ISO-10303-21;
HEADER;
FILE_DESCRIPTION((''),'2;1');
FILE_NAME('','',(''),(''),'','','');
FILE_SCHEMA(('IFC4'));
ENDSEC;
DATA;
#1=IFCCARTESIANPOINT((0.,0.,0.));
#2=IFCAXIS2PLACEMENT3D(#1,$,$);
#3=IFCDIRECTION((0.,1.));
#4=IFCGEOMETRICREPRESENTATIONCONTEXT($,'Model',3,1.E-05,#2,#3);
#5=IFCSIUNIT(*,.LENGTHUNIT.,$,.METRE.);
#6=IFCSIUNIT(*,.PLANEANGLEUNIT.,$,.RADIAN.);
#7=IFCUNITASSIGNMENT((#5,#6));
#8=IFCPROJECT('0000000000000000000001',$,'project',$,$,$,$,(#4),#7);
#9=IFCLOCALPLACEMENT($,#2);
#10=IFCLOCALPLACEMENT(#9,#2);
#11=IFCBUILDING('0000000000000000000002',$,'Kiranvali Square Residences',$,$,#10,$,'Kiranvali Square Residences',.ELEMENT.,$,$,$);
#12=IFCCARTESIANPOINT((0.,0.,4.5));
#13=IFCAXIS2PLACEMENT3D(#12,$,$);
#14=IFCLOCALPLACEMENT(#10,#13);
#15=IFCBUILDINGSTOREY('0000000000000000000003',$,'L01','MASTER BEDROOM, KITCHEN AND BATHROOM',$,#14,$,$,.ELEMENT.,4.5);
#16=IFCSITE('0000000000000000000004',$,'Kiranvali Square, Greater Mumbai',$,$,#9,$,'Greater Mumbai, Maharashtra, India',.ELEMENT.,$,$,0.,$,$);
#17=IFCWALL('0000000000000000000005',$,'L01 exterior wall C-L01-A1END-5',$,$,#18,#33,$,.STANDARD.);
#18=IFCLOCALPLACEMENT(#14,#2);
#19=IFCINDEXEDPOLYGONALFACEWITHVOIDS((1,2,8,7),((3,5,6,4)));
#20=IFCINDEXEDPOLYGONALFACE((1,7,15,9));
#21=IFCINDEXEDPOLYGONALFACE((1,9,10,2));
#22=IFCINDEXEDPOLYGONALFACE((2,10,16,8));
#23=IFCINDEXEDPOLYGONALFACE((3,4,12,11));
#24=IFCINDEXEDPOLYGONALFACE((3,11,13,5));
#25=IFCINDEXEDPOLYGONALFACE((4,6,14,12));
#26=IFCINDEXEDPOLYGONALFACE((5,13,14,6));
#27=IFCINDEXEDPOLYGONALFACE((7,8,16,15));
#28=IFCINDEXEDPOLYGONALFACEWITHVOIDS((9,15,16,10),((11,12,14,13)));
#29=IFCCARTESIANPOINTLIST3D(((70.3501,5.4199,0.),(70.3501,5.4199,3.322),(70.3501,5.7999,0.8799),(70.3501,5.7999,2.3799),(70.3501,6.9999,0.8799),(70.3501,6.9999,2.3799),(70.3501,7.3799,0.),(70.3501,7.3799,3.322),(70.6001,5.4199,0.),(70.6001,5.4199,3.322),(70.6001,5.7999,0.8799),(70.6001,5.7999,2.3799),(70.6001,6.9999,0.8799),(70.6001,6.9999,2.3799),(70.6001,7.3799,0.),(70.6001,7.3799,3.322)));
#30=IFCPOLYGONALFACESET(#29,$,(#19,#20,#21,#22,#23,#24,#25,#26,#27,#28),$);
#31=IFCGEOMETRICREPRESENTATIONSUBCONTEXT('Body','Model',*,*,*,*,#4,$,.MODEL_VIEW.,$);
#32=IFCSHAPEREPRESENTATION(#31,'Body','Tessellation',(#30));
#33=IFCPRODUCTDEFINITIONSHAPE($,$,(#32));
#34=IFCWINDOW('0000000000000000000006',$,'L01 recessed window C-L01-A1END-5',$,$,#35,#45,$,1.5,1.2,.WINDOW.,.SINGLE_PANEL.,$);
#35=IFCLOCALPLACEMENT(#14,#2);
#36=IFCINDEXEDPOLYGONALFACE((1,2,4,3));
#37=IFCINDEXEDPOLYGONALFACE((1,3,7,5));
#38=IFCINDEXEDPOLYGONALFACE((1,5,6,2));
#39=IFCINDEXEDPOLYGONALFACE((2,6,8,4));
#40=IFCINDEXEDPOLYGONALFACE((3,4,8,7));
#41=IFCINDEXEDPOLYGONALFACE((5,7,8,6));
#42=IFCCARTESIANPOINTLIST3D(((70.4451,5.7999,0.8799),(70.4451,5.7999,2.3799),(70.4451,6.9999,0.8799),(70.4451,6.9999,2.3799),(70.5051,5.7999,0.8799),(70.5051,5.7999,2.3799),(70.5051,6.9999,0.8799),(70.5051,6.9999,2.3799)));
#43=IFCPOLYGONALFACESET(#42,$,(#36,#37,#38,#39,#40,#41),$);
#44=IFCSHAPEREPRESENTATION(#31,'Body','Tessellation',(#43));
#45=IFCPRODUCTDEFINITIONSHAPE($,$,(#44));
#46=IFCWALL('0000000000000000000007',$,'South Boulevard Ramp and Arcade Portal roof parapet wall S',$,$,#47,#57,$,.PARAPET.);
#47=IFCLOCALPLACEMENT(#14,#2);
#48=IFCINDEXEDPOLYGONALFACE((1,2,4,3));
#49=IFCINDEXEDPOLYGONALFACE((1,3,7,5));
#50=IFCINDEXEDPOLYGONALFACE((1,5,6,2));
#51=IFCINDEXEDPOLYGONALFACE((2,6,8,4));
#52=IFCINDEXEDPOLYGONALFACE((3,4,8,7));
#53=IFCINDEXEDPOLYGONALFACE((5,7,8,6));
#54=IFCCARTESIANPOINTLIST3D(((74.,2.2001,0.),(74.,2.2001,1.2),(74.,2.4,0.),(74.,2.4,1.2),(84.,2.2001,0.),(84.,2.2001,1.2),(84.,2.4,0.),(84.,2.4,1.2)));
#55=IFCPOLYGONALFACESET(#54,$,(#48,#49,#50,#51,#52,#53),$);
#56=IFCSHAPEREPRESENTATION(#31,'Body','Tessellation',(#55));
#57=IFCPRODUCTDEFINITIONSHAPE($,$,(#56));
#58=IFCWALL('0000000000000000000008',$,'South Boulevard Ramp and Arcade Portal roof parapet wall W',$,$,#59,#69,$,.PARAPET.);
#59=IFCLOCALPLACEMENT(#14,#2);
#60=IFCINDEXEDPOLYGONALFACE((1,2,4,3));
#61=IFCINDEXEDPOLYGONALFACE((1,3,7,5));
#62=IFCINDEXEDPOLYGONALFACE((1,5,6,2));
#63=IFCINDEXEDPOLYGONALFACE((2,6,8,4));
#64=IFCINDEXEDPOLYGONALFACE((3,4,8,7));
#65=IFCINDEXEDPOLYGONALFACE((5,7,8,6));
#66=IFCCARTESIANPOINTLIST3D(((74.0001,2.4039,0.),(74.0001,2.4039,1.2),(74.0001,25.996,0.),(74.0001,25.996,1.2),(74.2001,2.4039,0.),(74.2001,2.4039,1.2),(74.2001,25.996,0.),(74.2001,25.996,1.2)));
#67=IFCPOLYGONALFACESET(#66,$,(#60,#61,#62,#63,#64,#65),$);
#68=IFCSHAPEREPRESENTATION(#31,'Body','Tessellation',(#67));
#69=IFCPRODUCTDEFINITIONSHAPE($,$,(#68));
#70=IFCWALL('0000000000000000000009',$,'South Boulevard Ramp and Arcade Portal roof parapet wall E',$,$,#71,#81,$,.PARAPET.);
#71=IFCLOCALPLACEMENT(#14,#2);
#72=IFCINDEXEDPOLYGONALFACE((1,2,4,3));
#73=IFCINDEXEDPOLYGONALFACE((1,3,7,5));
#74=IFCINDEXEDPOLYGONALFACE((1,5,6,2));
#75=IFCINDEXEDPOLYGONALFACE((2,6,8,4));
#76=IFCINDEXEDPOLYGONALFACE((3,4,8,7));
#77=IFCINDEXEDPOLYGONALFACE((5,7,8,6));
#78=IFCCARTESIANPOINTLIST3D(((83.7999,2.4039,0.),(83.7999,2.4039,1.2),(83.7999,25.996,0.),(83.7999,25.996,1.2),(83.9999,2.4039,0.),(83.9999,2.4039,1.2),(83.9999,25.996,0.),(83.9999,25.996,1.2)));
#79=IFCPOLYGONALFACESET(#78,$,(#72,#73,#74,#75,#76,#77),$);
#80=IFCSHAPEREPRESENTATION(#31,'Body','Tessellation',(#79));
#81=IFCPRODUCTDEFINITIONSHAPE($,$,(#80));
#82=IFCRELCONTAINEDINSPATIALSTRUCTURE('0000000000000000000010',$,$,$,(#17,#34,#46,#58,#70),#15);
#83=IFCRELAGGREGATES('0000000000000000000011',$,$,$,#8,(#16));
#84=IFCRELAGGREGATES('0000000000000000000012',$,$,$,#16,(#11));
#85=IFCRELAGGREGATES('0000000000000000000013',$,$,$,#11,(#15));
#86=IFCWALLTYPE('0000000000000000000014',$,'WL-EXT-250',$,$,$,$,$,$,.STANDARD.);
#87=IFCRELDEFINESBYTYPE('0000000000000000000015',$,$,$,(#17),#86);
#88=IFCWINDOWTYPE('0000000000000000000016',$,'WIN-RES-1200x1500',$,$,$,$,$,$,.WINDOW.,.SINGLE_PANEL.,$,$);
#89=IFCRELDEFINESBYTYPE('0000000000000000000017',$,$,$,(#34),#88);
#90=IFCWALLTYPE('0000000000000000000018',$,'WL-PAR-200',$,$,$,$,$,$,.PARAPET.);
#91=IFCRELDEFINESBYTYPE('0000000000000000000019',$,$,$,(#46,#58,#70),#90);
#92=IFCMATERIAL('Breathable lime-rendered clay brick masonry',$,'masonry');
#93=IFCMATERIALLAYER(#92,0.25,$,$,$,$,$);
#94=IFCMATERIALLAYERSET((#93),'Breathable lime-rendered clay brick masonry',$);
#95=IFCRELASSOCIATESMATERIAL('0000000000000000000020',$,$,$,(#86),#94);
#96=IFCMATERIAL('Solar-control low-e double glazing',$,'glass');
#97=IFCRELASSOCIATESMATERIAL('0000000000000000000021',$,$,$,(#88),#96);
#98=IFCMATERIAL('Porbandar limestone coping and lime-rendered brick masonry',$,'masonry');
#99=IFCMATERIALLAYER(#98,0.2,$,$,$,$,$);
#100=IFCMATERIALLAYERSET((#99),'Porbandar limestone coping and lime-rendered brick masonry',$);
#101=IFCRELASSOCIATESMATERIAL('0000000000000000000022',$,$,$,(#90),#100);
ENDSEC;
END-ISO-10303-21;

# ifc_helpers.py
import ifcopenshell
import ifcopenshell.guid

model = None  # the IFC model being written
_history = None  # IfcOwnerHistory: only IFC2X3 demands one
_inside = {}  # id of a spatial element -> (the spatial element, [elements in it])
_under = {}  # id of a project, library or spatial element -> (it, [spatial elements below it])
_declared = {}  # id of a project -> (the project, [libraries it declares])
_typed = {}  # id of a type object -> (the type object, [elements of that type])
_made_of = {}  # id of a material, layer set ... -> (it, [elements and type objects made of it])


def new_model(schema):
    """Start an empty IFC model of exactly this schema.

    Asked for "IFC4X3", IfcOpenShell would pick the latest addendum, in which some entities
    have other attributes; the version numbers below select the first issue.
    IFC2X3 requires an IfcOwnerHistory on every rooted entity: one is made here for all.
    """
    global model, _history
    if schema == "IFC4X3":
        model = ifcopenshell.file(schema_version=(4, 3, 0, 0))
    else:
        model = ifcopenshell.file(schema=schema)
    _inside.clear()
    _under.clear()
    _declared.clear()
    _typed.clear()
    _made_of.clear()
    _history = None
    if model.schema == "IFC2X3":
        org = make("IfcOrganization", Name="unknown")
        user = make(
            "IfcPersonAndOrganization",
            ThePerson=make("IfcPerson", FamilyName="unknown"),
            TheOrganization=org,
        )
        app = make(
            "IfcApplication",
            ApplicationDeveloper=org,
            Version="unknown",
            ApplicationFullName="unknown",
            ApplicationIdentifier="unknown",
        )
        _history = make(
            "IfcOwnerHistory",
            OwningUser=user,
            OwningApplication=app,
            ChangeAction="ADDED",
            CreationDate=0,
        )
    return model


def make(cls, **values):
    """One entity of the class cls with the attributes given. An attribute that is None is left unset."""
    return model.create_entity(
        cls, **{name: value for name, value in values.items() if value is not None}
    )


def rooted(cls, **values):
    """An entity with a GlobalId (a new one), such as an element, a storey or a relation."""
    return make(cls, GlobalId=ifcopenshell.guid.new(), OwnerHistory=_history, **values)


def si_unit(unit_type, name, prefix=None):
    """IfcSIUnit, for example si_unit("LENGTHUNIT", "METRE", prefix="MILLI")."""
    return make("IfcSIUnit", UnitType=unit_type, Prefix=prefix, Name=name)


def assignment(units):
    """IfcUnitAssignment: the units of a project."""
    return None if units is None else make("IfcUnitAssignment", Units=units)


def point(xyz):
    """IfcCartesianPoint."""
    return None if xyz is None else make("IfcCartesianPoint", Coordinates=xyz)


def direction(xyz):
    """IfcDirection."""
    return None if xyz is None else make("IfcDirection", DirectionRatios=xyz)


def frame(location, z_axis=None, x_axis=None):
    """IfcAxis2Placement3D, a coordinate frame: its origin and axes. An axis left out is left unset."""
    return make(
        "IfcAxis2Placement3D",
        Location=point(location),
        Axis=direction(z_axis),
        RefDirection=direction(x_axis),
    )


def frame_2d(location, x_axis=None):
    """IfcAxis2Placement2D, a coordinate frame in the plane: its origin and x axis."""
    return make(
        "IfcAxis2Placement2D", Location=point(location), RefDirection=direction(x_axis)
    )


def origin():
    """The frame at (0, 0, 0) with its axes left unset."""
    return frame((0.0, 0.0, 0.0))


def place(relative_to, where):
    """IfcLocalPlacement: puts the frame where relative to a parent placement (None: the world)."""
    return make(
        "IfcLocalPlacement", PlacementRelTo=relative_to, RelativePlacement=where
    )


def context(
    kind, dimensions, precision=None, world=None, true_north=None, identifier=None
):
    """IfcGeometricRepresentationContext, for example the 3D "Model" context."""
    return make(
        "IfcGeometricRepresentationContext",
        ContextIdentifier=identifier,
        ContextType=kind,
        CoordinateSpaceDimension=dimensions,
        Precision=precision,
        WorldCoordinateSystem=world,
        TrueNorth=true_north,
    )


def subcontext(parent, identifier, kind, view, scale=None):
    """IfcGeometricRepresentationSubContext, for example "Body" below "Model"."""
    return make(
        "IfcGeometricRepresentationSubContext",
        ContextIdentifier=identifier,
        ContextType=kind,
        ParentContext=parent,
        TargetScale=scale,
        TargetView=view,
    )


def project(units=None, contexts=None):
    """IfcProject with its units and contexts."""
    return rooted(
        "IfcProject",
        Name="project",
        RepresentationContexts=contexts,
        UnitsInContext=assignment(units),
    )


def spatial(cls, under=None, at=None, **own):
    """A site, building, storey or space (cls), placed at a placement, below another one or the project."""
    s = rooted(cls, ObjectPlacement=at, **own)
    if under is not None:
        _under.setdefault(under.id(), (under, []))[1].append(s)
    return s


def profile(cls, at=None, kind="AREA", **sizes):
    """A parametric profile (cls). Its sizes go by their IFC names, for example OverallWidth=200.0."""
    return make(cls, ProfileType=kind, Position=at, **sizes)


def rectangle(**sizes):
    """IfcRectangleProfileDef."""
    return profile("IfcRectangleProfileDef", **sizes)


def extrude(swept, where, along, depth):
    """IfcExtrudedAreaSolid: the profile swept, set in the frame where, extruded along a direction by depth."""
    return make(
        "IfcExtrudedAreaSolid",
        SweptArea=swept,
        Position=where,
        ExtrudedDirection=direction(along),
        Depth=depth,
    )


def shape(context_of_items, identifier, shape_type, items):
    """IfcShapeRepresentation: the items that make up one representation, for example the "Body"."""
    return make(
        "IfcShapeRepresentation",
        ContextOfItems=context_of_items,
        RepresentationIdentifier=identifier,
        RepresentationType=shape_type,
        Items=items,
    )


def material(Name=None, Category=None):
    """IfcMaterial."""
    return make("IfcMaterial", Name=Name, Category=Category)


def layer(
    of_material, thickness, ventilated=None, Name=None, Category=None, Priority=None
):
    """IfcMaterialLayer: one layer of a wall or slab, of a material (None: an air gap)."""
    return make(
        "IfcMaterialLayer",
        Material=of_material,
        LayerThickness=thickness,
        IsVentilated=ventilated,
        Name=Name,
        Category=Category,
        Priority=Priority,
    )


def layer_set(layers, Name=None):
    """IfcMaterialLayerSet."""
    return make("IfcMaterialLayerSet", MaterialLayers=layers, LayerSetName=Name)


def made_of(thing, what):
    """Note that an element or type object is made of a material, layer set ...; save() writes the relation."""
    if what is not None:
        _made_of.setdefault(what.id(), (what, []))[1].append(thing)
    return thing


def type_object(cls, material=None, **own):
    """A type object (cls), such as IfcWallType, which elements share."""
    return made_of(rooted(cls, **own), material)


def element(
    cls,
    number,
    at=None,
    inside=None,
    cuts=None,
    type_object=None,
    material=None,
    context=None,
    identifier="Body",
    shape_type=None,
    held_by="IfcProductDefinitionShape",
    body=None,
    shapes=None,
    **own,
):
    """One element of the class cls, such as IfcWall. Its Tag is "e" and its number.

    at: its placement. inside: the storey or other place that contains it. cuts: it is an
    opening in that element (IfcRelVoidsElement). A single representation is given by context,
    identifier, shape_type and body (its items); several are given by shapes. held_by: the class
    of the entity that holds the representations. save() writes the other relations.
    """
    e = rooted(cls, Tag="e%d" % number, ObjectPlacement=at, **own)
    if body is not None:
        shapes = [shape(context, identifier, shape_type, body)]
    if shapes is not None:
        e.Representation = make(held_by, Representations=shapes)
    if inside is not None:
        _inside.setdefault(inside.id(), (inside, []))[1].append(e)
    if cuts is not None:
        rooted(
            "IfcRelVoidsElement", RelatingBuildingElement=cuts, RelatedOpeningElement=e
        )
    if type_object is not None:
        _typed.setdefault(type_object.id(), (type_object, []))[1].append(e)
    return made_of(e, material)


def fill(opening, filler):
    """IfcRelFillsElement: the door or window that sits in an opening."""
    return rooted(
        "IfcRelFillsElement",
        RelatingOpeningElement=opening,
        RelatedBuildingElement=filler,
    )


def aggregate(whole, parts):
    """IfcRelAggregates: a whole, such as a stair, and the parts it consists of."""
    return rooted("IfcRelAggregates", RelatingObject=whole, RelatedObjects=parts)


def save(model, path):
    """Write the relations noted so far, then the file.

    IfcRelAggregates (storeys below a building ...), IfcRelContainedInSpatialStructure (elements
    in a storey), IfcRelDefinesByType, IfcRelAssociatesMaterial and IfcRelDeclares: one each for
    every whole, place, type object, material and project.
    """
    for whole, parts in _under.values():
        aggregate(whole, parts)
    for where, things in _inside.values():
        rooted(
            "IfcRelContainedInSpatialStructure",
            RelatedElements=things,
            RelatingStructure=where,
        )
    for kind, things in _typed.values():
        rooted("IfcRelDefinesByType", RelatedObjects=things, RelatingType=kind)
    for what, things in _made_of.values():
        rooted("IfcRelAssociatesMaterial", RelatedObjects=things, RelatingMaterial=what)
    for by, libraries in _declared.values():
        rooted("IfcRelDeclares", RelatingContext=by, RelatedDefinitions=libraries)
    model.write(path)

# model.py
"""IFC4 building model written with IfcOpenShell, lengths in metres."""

from ifc_helpers import new_model, si_unit, direction, frame, frame_2d, origin, place, context, subcontext, project, spatial, rectangle, extrude, material, layer, layer_set, type_object, element, fill, save


model = new_model("IFC4")

# Units and contexts
model_context = context("Model", 3, precision=1e-05, world=origin(), true_north=direction((0.0, 1.0)))
body_context = subcontext(model_context, "Body", "Model", "MODEL_VIEW")
ifc_project = project(units=[si_unit("LENGTHUNIT", "METRE"), si_unit("PLANEANGLEUNIT", "RADIAN")], contexts=[model_context])

# Site, building, storey
site_placement = place(None, origin())
site = spatial("IfcSite", under=ifc_project, at=site_placement, Name="Kiranvali Square, Greater Mumbai", LongName="Greater Mumbai, Maharashtra, India", CompositionType="ELEMENT", RefElevation=0.0)
building_placement = place(site_placement, origin())
building = spatial("IfcBuilding", under=site, at=building_placement, Name="Kiranvali Square Residences", LongName="Kiranvali Square Residences", CompositionType="ELEMENT")
storey_placement = place(building_placement, frame((0.0, 0.0, 4.5)))
storey = spatial("IfcBuildingStorey", under=building, at=storey_placement, Name="L01", Description="MASTER BEDROOM, KITCHEN AND BATHROOM", CompositionType="ELEMENT", Elevation=4.5)

# Wall, opening, window
ifc_material_1 = material(Name="Breathable lime-rendered clay brick masonry", Category="masonry")
ifc_layer_1 = layer(ifc_material_1, 0.25)
ifc_layer_set_1 = layer_set([ifc_layer_1], Name="Breathable lime-rendered clay brick masonry")
wall_type_1 = type_object("IfcWallType", Name="WL-EXT-250", PredefinedType="STANDARD", material=ifc_layer_set_1)
ifc_material_2 = material(Name="Solar-control low-e double glazing", Category="glass")
window_type = type_object("IfcWindowType", Name="WIN-RES-1200x1500", PartitioningType="SINGLE_PANEL", PredefinedType="WINDOW", material=ifc_material_2)
wall_1_placement = place(storey_placement, frame((70.4751, 7.3799, 0.0), z_axis=(0.0, 0.0, 1.0), x_axis=(0.0, -1.0, 0.0)))
wall_1 = element("IfcWall", 1, at=wall_1_placement, inside=storey, type_object=wall_type_1, Name="L01 exterior wall C-L01-A1END-5", PredefinedType="STANDARD", context=body_context, shape_type="SweptSolid", body=[
    extrude(rectangle(XDim=1.96, YDim=0.25, at=frame_2d((0.98, 0.0))), origin(), (0.0, 0.0, 1.0), 3.322),
])
opening_1_placement = place(wall_1_placement, frame((0.3799, 0.0, 0.8799)))
opening_1 = element("IfcOpeningElement", 2, at=opening_1_placement, cuts=wall_1, PredefinedType="OPENING", context=body_context, shape_type="SweptSolid", body=[
    extrude(rectangle(XDim=1.2, YDim=1.5, at=frame_2d((0.6001, 0.75))), frame((0.0, 0.135, 0.0), z_axis=(0.0, -1.0, 0.0), x_axis=(1.0, 0.0, 0.0)), (0.0, 0.0, 1.0), 0.27),
])
window_1_placement = place(opening_1_placement, origin())
window_1 = element("IfcWindow", 3, at=window_1_placement, inside=storey, type_object=window_type, Name="L01 recessed window C-L01-A1END-5", OverallHeight=1.5, OverallWidth=1.2, PartitioningType="SINGLE_PANEL", PredefinedType="WINDOW", context=body_context, shape_type="SweptSolid", body=[
    extrude(rectangle(XDim=1.2, YDim=1.5, at=frame_2d((0.6001, 0.75))), frame((0.0, 0.03, 0.0), z_axis=(0.0, -1.0, 0.0), x_axis=(1.0, 0.0, 0.0)), (0.0, 0.0, 1.0), 0.0601),
])
fill(opening_1, window_1)

# Walls
ifc_material_3 = material(Name="Porbandar limestone coping and lime-rendered brick masonry", Category="masonry")
ifc_layer_2 = layer(ifc_material_3, 0.2)
ifc_layer_set_2 = layer_set([ifc_layer_2], Name="Porbandar limestone coping and lime-rendered brick masonry")
wall_type_2 = type_object("IfcWallType", Name="WL-PAR-200", PredefinedType="PARAPET", material=ifc_layer_set_2)
wall_2_placement = place(storey_placement, frame((74.0, 2.3, 0.0), z_axis=(0.0, 0.0, 1.0), x_axis=(1.0, 0.0, 0.0)))
element("IfcWall", 4, at=wall_2_placement, inside=storey, type_object=wall_type_2, Name="South Boulevard Ramp and Arcade Portal roof parapet wall S", PredefinedType="PARAPET", context=body_context, shape_type="SweptSolid", body=[
    extrude(rectangle(XDim=10.0, YDim=0.2, at=frame_2d((5.0, 0.0))), origin(), (0.0, 0.0, 1.0), 1.2),
])
for number, where, z_axis, x_axis, name in (
    (5, (74.1001, 2.4041, 0.0), (0.0, 0.0, 1.0), (0.0, 1.0, 0.0), "South Boulevard Ramp and Arcade Portal roof parapet wall W"),
    (6, (83.8999, 2.4041, 0.0), (0.0, 0.0, 1.0), (0.0, 1.0, 0.0), "South Boulevard Ramp and Arcade Portal roof parapet wall E"),
):
    element("IfcWall", number, at=place(storey_placement, frame(where, z_axis=z_axis, x_axis=x_axis)), inside=storey, type_object=wall_type_2, Name=name, PredefinedType="PARAPET", context=body_context, shape_type="SweptSolid", body=[
        extrude(rectangle(XDim=23.592, YDim=0.2, at=frame_2d((11.7959, 0.0))), origin(), (0.0, 0.0, 1.0), 1.2),
    ])

save(model, "model.ifc")
